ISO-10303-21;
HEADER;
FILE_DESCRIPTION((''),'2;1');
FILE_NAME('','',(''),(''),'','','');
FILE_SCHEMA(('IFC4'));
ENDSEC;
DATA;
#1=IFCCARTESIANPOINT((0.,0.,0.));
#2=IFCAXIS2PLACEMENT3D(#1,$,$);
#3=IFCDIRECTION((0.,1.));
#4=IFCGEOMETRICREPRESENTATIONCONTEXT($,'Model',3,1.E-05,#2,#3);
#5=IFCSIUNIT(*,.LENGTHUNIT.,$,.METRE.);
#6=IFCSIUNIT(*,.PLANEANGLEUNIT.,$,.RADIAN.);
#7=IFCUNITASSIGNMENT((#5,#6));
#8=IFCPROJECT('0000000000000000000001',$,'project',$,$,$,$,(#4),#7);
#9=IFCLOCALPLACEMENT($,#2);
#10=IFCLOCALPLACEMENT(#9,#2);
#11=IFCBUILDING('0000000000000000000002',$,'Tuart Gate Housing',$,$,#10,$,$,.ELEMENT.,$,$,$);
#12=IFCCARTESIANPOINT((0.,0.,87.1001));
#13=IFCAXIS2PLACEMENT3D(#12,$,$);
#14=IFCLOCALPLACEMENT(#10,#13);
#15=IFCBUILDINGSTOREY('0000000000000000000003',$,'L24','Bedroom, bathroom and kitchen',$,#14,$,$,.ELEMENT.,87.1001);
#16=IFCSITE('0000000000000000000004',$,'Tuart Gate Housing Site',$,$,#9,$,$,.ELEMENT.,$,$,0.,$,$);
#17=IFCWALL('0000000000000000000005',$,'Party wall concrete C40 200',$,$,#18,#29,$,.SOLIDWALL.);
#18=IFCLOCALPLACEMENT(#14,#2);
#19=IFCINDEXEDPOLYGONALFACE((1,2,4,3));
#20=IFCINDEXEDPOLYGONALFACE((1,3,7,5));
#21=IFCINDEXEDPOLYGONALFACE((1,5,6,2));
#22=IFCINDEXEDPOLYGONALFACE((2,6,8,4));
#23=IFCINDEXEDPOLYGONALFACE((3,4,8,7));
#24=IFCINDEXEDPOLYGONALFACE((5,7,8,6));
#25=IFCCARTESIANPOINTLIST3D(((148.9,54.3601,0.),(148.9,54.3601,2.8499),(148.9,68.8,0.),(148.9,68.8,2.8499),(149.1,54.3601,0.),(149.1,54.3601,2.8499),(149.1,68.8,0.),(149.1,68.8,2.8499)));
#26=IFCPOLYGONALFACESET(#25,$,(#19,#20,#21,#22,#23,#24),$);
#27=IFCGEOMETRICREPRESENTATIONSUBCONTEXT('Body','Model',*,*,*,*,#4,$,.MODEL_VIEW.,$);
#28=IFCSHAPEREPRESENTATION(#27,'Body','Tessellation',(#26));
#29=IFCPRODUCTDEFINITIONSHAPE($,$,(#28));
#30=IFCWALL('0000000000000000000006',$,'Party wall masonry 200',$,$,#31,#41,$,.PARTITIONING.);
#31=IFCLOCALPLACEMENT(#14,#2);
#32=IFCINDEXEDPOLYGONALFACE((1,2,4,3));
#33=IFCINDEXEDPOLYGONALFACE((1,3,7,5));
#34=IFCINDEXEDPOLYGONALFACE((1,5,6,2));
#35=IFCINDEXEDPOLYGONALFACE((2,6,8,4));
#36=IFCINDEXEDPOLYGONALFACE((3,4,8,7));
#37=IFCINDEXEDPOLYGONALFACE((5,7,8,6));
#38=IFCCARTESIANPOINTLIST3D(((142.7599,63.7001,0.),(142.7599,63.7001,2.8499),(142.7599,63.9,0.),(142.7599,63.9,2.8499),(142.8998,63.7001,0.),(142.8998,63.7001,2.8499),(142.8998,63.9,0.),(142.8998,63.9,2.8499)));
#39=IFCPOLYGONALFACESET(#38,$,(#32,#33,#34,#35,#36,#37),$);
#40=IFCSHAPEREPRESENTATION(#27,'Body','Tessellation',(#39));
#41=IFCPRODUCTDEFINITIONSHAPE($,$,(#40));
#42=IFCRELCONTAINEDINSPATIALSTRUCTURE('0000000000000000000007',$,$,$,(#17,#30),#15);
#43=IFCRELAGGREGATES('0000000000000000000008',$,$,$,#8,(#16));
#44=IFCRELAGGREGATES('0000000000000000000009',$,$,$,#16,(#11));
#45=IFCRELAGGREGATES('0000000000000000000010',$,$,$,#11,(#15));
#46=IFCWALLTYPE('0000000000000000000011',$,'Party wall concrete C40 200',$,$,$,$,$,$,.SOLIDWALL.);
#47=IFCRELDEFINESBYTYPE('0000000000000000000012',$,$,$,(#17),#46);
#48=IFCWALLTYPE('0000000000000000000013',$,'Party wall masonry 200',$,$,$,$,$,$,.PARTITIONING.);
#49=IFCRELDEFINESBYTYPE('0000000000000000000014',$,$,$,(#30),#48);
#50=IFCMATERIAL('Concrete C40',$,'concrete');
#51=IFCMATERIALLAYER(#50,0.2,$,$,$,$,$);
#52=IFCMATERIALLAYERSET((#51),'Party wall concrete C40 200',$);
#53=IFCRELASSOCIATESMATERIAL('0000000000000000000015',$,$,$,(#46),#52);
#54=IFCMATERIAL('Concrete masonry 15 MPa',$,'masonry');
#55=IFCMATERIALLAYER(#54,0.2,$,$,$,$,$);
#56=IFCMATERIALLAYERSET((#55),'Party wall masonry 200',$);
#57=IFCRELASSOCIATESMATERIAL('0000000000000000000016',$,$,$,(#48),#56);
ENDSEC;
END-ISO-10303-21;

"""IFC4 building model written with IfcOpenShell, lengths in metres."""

from ifc_helpers import new_model, si_unit, direction, frame, frame_2d, origin, place, context, subcontext, project, spatial, rectangle, extrude, material, layer, layer_set, type_object, element, save


model = new_model("IFC4")

# Units and contexts
model_context = context("Model", 3, precision=1e-05, world=origin(), true_north=direction((0.0, 1.0)))
body_context = subcontext(model_context, "Body", "Model", "MODEL_VIEW")
ifc_project = project(units=[si_unit("LENGTHUNIT", "METRE"), si_unit("PLANEANGLEUNIT", "RADIAN")], contexts=[model_context])

# Site, building, storey
site_placement = place(None, origin())
site = spatial("IfcSite", under=ifc_project, at=site_placement, Name="Tuart Gate Housing Site", CompositionType="ELEMENT", RefElevation=0.0)
building_placement = place(site_placement, origin())
building = spatial("IfcBuilding", under=site, at=building_placement, Name="Tuart Gate Housing", CompositionType="ELEMENT")
storey_placement = place(building_placement, frame((0.0, 0.0, 87.1001)))
storey = spatial("IfcBuildingStorey", under=building, at=storey_placement, Name="L24", Description="Bedroom, bathroom and kitchen", CompositionType="ELEMENT", Elevation=87.1001)

# Walls
ifc_material_1 = material(Name="Concrete C40", Category="concrete")
ifc_layer_1 = layer(ifc_material_1, 0.2)
ifc_layer_set_1 = layer_set([ifc_layer_1], Name="Party wall concrete C40 200")
wall_type_1 = type_object("IfcWallType", Name="Party wall concrete C40 200", PredefinedType="SOLIDWALL", material=ifc_layer_set_1)
wall_1_placement = place(storey_placement, frame((149.0, 54.3601, 0.0), z_axis=(0.0, 0.0, 1.0), x_axis=(0.0, 1.0, 0.0)))
element("IfcWall", 1, at=wall_1_placement, inside=storey, type_object=wall_type_1, Name="Party wall concrete C40 200", PredefinedType="SOLIDWALL", context=body_context, shape_type="SweptSolid", body=[
    extrude(rectangle(XDim=14.4399, YDim=0.2, at=frame_2d((7.22, 0.0))), origin(), (0.0, 0.0, 1.0), 2.8499),
])
ifc_material_2 = material(Name="Concrete masonry 15 MPa", Category="masonry")
ifc_layer_2 = layer(ifc_material_2, 0.2)
ifc_layer_set_2 = layer_set([ifc_layer_2], Name="Party wall masonry 200")
wall_type_2 = type_object("IfcWallType", Name="Party wall masonry 200", PredefinedType="PARTITIONING", material=ifc_layer_set_2)
wall_2_placement = place(storey_placement, frame((142.76, 63.8, 0.0), z_axis=(0.0, 0.0, 1.0), x_axis=(1.0, 0.0, 0.0)))
element("IfcWall", 2, at=wall_2_placement, inside=storey, type_object=wall_type_2, Name="Party wall masonry 200", PredefinedType="PARTITIONING", context=body_context, shape_type="SweptSolid", body=[
    extrude(rectangle(XDim=0.1399, YDim=0.2, at=frame_2d((0.0698, 0.0))), origin(), (0.0, 0.0, 1.0), 2.8499),
])

save(model, "model.ifc")
